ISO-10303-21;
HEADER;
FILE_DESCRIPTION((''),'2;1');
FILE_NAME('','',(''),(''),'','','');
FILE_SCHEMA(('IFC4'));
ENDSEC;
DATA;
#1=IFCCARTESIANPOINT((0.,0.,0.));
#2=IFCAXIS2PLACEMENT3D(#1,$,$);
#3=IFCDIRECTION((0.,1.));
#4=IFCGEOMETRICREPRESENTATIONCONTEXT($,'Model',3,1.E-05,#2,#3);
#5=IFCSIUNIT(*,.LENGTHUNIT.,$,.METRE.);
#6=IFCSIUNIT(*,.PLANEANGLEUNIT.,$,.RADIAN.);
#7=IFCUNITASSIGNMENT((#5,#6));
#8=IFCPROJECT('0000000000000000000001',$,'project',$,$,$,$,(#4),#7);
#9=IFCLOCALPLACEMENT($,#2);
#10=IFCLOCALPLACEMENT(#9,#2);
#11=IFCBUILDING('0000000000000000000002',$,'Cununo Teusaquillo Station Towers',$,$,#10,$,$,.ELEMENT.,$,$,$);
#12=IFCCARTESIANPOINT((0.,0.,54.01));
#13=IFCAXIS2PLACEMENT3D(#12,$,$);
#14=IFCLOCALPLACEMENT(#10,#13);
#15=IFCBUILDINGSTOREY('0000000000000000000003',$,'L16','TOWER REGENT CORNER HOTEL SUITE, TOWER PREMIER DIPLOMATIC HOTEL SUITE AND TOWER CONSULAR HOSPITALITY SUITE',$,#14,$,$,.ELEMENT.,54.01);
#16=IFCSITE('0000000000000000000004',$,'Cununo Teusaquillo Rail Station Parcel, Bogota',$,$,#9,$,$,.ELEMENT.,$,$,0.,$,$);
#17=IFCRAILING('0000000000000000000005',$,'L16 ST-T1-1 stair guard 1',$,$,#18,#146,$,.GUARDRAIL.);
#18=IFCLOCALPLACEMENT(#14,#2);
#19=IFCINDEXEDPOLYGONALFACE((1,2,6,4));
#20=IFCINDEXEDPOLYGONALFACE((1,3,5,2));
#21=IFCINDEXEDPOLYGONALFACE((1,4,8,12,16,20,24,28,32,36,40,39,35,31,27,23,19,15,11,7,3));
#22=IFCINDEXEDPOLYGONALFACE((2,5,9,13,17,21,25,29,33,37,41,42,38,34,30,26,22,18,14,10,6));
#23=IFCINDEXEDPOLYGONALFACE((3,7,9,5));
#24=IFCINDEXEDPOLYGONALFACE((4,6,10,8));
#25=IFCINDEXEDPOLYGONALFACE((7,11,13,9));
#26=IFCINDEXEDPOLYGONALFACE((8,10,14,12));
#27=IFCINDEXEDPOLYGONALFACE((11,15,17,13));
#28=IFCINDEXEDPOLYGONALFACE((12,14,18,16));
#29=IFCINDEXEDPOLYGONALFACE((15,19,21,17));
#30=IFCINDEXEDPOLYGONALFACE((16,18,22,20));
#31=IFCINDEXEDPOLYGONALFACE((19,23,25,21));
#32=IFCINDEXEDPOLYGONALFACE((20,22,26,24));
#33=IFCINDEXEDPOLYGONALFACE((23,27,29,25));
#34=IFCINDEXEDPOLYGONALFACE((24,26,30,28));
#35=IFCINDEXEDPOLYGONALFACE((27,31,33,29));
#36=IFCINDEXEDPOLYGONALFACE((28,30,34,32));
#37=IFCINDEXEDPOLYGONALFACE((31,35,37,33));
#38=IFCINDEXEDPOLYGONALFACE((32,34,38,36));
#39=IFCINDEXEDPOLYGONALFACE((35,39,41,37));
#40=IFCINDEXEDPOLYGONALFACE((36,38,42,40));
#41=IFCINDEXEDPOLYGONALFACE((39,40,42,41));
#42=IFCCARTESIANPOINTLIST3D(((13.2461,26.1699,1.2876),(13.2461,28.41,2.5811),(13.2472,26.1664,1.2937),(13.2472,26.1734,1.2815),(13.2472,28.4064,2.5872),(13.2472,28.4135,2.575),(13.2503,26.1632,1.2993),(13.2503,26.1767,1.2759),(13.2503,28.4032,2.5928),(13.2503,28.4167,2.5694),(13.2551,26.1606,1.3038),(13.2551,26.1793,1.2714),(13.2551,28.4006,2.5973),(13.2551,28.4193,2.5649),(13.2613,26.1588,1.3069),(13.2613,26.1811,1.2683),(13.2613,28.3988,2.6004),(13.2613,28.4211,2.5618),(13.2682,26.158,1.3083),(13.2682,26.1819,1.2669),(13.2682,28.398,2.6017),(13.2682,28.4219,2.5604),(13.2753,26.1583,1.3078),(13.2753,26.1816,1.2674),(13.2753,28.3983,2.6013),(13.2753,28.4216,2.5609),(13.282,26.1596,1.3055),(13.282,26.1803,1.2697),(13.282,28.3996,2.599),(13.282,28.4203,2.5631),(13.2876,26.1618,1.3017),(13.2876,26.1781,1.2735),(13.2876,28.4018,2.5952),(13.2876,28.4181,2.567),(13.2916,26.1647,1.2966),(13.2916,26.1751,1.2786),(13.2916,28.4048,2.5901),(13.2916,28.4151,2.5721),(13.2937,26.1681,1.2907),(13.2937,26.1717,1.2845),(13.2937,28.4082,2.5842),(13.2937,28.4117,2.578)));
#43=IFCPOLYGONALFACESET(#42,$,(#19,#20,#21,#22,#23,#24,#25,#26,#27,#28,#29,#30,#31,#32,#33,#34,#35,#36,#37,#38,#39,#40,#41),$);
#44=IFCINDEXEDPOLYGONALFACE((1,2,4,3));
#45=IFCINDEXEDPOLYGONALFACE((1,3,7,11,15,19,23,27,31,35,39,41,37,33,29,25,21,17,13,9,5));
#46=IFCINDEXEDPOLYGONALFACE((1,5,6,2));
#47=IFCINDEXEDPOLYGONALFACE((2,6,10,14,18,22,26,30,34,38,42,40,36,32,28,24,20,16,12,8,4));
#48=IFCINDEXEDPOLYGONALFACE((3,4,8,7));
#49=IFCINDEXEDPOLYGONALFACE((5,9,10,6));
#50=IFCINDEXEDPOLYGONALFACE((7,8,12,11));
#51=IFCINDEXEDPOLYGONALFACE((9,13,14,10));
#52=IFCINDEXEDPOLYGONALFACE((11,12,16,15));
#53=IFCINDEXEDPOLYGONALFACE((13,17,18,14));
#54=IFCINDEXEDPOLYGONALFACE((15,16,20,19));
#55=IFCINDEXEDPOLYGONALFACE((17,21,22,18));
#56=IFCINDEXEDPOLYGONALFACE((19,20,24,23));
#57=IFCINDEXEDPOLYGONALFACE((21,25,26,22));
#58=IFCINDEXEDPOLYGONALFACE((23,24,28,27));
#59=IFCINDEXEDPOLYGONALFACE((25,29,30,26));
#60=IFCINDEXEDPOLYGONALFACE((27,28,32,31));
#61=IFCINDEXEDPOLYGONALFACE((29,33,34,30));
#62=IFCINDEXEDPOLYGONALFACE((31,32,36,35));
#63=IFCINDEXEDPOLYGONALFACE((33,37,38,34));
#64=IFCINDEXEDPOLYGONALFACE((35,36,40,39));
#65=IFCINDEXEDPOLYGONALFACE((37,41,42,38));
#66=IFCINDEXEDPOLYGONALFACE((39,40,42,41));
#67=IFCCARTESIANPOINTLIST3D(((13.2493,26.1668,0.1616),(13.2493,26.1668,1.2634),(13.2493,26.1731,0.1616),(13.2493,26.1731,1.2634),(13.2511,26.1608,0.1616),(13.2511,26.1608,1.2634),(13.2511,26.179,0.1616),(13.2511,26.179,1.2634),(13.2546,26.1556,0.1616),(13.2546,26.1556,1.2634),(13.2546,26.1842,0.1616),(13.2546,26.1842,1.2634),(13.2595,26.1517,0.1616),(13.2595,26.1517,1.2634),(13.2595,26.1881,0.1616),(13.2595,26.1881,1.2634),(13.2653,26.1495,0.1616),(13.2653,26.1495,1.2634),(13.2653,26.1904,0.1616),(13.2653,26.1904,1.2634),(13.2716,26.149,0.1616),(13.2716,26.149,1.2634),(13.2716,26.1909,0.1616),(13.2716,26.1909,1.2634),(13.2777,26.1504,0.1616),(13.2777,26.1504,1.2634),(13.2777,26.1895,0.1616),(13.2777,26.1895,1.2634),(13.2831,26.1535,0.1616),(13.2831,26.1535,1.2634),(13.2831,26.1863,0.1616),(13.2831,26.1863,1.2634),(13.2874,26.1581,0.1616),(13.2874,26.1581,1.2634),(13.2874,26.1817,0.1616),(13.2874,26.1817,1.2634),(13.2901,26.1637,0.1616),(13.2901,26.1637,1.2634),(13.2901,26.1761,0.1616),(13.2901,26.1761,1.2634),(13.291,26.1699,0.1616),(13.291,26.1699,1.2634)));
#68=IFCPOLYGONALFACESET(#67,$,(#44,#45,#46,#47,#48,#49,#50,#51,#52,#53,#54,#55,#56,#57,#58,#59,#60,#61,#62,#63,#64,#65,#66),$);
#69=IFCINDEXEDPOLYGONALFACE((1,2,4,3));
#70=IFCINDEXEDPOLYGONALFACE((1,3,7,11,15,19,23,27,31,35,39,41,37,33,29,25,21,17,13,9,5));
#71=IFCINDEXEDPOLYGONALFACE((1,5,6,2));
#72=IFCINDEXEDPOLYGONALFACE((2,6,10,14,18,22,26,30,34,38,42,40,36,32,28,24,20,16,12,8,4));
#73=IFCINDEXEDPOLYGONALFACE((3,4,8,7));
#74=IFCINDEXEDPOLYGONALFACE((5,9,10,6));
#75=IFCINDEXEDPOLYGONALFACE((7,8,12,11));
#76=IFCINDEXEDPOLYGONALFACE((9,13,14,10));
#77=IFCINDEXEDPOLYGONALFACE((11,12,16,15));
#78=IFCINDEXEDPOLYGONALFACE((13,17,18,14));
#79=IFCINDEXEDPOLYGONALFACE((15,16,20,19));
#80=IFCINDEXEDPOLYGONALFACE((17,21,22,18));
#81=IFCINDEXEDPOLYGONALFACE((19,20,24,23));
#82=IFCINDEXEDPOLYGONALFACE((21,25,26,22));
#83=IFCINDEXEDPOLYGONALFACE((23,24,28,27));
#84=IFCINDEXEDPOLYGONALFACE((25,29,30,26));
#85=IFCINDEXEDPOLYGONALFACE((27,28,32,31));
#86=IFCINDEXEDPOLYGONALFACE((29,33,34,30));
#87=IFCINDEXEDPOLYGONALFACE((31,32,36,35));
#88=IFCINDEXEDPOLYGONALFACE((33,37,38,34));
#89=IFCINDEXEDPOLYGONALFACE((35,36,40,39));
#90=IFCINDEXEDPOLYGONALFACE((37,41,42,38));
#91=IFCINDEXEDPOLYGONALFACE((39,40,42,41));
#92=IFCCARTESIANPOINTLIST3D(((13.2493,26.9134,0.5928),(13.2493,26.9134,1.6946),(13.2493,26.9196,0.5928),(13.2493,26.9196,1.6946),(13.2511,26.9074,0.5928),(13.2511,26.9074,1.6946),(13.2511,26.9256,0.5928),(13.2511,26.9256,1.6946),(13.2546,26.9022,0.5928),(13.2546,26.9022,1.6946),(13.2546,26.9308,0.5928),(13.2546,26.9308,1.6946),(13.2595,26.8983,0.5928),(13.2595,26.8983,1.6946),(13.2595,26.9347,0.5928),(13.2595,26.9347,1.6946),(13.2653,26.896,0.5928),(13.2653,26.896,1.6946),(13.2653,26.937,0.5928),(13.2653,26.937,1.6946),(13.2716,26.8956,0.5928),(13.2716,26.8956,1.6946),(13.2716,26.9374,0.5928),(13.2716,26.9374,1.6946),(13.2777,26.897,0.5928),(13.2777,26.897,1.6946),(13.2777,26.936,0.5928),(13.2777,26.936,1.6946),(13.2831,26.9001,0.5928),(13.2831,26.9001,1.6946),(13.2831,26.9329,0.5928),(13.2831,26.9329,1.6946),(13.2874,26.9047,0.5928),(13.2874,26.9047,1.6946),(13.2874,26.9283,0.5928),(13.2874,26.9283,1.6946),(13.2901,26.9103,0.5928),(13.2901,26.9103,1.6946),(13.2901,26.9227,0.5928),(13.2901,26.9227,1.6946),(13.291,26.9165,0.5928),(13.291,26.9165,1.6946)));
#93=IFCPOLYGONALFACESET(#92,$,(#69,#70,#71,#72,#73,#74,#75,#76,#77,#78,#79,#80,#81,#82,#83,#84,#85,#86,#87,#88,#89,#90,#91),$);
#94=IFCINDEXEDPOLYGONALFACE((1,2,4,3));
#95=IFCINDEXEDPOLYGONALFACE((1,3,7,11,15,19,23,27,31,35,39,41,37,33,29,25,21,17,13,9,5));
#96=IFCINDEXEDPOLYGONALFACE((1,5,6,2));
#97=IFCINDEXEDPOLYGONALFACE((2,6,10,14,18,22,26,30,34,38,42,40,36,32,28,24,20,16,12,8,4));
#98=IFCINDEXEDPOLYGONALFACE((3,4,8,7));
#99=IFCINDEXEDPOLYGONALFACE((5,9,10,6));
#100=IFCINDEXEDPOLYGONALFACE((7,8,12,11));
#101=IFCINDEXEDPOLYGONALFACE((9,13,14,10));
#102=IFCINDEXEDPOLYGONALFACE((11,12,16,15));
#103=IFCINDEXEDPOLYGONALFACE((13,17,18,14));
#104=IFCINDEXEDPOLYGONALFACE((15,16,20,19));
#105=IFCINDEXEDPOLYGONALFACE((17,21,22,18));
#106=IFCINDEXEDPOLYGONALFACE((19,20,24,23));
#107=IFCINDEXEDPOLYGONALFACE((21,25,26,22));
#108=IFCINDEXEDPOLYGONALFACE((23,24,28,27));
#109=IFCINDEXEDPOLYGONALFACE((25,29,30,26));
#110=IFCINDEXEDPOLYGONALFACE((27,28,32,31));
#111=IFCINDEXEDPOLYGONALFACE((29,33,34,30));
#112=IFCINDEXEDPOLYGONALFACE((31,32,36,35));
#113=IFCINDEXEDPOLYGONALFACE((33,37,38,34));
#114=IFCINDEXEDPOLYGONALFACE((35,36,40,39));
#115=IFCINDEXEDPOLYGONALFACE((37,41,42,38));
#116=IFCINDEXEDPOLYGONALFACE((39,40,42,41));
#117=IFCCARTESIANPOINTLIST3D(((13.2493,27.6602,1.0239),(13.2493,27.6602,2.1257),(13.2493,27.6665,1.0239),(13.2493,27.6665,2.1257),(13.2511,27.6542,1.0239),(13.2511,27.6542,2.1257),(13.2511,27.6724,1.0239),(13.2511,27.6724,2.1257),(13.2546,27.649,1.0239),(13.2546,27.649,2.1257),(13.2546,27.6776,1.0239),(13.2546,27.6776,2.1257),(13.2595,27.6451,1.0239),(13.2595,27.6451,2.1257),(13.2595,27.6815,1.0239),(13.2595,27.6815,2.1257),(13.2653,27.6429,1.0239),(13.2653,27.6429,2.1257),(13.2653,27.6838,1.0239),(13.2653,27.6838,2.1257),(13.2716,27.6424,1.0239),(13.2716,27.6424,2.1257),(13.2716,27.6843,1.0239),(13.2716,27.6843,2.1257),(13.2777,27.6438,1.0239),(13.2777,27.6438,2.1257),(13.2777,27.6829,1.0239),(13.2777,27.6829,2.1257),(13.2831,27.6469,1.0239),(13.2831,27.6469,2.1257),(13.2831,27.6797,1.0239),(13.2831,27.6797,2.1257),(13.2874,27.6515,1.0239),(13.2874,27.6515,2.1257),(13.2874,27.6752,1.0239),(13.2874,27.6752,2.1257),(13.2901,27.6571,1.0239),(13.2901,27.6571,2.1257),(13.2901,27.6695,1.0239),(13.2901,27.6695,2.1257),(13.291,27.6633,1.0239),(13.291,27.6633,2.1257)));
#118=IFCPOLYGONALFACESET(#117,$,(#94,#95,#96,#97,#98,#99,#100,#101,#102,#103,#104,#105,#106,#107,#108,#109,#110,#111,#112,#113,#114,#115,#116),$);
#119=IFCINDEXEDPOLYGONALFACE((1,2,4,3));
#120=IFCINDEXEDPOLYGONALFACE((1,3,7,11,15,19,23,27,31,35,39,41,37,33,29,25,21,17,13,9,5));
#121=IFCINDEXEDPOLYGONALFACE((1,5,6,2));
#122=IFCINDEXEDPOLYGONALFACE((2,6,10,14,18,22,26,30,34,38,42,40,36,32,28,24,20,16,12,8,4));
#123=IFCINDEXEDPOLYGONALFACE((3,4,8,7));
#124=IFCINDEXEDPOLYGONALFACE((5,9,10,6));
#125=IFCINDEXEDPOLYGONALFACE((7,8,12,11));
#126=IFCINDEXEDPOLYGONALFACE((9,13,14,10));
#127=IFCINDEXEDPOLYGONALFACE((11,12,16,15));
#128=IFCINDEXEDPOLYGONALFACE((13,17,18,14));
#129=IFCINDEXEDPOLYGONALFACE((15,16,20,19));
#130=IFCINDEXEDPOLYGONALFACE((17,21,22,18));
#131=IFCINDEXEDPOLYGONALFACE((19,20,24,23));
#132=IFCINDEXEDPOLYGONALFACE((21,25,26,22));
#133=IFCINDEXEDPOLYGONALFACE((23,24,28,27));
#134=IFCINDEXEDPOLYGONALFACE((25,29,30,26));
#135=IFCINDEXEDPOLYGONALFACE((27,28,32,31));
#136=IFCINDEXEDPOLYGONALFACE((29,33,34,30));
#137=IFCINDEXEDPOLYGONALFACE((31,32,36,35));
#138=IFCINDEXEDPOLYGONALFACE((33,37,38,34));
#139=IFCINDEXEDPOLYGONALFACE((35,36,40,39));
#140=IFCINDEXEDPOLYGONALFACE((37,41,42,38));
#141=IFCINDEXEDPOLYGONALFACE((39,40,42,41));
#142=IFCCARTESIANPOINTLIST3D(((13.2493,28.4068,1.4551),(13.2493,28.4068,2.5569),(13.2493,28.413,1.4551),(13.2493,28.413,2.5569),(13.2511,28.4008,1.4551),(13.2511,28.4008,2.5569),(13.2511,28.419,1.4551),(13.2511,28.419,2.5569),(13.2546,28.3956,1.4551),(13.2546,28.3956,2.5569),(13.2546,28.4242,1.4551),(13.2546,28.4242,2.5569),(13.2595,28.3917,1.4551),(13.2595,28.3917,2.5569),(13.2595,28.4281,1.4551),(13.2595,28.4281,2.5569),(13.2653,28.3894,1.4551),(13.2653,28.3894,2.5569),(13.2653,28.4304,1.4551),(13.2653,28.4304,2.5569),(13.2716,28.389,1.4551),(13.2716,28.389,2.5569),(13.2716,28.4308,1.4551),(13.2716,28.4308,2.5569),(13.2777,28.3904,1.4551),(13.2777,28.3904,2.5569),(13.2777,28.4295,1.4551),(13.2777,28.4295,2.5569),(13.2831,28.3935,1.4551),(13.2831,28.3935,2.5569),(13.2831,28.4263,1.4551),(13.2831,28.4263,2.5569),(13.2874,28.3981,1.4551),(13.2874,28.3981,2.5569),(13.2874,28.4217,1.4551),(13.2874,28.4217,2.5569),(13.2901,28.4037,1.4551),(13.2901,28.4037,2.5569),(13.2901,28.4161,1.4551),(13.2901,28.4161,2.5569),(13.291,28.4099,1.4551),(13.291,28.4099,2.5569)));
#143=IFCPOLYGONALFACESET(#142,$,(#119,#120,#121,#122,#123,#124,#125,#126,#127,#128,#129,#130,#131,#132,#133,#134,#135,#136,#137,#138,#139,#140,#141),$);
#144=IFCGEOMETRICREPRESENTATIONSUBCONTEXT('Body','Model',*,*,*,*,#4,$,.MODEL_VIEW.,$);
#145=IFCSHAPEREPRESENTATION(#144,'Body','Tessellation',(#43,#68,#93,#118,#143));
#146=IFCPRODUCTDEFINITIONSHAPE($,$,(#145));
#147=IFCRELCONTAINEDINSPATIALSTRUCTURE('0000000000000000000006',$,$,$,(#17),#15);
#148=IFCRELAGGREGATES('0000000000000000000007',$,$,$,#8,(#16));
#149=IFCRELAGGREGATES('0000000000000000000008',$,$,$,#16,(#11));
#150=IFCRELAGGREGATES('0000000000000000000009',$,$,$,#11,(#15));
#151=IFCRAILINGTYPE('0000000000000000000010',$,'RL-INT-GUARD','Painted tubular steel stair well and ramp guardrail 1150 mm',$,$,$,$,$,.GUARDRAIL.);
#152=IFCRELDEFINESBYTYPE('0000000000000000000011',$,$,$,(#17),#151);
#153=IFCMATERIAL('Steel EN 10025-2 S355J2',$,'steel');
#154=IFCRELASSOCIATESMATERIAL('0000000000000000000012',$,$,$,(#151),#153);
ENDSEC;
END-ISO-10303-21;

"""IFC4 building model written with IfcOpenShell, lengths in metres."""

from ifc_helpers import new_model, si_unit, direction, frame, origin, origin_2d, place, context, subcontext, project, spatial, circle, extrude, material, type_object, element, save


model = new_model("IFC4")

# Units and contexts
model_context = context("Model", 3, precision=1e-05, world=origin(), true_north=direction((0.0, 1.0)))
body_context = subcontext(model_context, "Body", "Model", "MODEL_VIEW")
ifc_project = project(units=[si_unit("LENGTHUNIT", "METRE"), si_unit("PLANEANGLEUNIT", "RADIAN")], contexts=[model_context])

# Site, building, storey
site_placement = place(None, origin())
site = spatial("IfcSite", under=ifc_project, at=site_placement, Name="Cununo Teusaquillo Rail Station Parcel, Bogota", CompositionType="ELEMENT", RefElevation=0.0)
building_placement = place(site_placement, origin())
building = spatial("IfcBuilding", under=site, at=building_placement, Name="Cununo Teusaquillo Station Towers", CompositionType="ELEMENT")
storey_placement = place(building_placement, frame((0.0, 0.0, 54.01)))
storey = spatial("IfcBuildingStorey", under=building, at=storey_placement, Name="L16", Description="TOWER REGENT CORNER HOTEL SUITE, TOWER PREMIER DIPLOMATIC HOTEL SUITE AND TOWER CONSULAR HOSPITALITY SUITE", CompositionType="ELEMENT", Elevation=54.01)

# Railing
ifc_material_1 = material(Name="Steel EN 10025-2 S355J2", Category="steel")
railing_type_1 = type_object("IfcRailingType", Name="RL-INT-GUARD", Description="Painted tubular steel stair well and ramp guardrail 1150 mm", PredefinedType="GUARDRAIL", material=ifc_material_1)
railing_1_placement = place(storey_placement, frame((13.27, 26.1699, 0.1616)))
element("IfcRailing", 1, at=railing_1_placement, inside=storey, type_object=railing_type_1, Name="L16 ST-T1-1 stair guard 1", PredefinedType="GUARDRAIL", context=body_context, shape_type="SweptSolid", body=[
    extrude(circle(Radius=0.0239, at=origin_2d()), frame((0.0, 0.0, 1.126), z_axis=(0.0, 0.865992, 0.500057), x_axis=(-1.0, 0.0, 0.0)), (0.0, 0.0, 1.0), 2.5867),
    extrude(circle(Radius=0.021, at=origin_2d()), origin(), (0.0, 0.0, 1.0), 1.1018),
    extrude(circle(Radius=0.021, at=origin_2d()), frame((0.0, 0.7466, 0.4312)), (0.0, 0.0, 1.0), 1.1018),
    extrude(circle(Radius=0.021, at=origin_2d()), frame((0.0, 1.4934, 0.8623)), (0.0, 0.0, 1.0), 1.1018),
    extrude(circle(Radius=0.021, at=origin_2d()), frame((0.0, 2.24, 1.2935)), (0.0, 0.0, 1.0), 1.1018),
])

save(model, "model.ifc")
